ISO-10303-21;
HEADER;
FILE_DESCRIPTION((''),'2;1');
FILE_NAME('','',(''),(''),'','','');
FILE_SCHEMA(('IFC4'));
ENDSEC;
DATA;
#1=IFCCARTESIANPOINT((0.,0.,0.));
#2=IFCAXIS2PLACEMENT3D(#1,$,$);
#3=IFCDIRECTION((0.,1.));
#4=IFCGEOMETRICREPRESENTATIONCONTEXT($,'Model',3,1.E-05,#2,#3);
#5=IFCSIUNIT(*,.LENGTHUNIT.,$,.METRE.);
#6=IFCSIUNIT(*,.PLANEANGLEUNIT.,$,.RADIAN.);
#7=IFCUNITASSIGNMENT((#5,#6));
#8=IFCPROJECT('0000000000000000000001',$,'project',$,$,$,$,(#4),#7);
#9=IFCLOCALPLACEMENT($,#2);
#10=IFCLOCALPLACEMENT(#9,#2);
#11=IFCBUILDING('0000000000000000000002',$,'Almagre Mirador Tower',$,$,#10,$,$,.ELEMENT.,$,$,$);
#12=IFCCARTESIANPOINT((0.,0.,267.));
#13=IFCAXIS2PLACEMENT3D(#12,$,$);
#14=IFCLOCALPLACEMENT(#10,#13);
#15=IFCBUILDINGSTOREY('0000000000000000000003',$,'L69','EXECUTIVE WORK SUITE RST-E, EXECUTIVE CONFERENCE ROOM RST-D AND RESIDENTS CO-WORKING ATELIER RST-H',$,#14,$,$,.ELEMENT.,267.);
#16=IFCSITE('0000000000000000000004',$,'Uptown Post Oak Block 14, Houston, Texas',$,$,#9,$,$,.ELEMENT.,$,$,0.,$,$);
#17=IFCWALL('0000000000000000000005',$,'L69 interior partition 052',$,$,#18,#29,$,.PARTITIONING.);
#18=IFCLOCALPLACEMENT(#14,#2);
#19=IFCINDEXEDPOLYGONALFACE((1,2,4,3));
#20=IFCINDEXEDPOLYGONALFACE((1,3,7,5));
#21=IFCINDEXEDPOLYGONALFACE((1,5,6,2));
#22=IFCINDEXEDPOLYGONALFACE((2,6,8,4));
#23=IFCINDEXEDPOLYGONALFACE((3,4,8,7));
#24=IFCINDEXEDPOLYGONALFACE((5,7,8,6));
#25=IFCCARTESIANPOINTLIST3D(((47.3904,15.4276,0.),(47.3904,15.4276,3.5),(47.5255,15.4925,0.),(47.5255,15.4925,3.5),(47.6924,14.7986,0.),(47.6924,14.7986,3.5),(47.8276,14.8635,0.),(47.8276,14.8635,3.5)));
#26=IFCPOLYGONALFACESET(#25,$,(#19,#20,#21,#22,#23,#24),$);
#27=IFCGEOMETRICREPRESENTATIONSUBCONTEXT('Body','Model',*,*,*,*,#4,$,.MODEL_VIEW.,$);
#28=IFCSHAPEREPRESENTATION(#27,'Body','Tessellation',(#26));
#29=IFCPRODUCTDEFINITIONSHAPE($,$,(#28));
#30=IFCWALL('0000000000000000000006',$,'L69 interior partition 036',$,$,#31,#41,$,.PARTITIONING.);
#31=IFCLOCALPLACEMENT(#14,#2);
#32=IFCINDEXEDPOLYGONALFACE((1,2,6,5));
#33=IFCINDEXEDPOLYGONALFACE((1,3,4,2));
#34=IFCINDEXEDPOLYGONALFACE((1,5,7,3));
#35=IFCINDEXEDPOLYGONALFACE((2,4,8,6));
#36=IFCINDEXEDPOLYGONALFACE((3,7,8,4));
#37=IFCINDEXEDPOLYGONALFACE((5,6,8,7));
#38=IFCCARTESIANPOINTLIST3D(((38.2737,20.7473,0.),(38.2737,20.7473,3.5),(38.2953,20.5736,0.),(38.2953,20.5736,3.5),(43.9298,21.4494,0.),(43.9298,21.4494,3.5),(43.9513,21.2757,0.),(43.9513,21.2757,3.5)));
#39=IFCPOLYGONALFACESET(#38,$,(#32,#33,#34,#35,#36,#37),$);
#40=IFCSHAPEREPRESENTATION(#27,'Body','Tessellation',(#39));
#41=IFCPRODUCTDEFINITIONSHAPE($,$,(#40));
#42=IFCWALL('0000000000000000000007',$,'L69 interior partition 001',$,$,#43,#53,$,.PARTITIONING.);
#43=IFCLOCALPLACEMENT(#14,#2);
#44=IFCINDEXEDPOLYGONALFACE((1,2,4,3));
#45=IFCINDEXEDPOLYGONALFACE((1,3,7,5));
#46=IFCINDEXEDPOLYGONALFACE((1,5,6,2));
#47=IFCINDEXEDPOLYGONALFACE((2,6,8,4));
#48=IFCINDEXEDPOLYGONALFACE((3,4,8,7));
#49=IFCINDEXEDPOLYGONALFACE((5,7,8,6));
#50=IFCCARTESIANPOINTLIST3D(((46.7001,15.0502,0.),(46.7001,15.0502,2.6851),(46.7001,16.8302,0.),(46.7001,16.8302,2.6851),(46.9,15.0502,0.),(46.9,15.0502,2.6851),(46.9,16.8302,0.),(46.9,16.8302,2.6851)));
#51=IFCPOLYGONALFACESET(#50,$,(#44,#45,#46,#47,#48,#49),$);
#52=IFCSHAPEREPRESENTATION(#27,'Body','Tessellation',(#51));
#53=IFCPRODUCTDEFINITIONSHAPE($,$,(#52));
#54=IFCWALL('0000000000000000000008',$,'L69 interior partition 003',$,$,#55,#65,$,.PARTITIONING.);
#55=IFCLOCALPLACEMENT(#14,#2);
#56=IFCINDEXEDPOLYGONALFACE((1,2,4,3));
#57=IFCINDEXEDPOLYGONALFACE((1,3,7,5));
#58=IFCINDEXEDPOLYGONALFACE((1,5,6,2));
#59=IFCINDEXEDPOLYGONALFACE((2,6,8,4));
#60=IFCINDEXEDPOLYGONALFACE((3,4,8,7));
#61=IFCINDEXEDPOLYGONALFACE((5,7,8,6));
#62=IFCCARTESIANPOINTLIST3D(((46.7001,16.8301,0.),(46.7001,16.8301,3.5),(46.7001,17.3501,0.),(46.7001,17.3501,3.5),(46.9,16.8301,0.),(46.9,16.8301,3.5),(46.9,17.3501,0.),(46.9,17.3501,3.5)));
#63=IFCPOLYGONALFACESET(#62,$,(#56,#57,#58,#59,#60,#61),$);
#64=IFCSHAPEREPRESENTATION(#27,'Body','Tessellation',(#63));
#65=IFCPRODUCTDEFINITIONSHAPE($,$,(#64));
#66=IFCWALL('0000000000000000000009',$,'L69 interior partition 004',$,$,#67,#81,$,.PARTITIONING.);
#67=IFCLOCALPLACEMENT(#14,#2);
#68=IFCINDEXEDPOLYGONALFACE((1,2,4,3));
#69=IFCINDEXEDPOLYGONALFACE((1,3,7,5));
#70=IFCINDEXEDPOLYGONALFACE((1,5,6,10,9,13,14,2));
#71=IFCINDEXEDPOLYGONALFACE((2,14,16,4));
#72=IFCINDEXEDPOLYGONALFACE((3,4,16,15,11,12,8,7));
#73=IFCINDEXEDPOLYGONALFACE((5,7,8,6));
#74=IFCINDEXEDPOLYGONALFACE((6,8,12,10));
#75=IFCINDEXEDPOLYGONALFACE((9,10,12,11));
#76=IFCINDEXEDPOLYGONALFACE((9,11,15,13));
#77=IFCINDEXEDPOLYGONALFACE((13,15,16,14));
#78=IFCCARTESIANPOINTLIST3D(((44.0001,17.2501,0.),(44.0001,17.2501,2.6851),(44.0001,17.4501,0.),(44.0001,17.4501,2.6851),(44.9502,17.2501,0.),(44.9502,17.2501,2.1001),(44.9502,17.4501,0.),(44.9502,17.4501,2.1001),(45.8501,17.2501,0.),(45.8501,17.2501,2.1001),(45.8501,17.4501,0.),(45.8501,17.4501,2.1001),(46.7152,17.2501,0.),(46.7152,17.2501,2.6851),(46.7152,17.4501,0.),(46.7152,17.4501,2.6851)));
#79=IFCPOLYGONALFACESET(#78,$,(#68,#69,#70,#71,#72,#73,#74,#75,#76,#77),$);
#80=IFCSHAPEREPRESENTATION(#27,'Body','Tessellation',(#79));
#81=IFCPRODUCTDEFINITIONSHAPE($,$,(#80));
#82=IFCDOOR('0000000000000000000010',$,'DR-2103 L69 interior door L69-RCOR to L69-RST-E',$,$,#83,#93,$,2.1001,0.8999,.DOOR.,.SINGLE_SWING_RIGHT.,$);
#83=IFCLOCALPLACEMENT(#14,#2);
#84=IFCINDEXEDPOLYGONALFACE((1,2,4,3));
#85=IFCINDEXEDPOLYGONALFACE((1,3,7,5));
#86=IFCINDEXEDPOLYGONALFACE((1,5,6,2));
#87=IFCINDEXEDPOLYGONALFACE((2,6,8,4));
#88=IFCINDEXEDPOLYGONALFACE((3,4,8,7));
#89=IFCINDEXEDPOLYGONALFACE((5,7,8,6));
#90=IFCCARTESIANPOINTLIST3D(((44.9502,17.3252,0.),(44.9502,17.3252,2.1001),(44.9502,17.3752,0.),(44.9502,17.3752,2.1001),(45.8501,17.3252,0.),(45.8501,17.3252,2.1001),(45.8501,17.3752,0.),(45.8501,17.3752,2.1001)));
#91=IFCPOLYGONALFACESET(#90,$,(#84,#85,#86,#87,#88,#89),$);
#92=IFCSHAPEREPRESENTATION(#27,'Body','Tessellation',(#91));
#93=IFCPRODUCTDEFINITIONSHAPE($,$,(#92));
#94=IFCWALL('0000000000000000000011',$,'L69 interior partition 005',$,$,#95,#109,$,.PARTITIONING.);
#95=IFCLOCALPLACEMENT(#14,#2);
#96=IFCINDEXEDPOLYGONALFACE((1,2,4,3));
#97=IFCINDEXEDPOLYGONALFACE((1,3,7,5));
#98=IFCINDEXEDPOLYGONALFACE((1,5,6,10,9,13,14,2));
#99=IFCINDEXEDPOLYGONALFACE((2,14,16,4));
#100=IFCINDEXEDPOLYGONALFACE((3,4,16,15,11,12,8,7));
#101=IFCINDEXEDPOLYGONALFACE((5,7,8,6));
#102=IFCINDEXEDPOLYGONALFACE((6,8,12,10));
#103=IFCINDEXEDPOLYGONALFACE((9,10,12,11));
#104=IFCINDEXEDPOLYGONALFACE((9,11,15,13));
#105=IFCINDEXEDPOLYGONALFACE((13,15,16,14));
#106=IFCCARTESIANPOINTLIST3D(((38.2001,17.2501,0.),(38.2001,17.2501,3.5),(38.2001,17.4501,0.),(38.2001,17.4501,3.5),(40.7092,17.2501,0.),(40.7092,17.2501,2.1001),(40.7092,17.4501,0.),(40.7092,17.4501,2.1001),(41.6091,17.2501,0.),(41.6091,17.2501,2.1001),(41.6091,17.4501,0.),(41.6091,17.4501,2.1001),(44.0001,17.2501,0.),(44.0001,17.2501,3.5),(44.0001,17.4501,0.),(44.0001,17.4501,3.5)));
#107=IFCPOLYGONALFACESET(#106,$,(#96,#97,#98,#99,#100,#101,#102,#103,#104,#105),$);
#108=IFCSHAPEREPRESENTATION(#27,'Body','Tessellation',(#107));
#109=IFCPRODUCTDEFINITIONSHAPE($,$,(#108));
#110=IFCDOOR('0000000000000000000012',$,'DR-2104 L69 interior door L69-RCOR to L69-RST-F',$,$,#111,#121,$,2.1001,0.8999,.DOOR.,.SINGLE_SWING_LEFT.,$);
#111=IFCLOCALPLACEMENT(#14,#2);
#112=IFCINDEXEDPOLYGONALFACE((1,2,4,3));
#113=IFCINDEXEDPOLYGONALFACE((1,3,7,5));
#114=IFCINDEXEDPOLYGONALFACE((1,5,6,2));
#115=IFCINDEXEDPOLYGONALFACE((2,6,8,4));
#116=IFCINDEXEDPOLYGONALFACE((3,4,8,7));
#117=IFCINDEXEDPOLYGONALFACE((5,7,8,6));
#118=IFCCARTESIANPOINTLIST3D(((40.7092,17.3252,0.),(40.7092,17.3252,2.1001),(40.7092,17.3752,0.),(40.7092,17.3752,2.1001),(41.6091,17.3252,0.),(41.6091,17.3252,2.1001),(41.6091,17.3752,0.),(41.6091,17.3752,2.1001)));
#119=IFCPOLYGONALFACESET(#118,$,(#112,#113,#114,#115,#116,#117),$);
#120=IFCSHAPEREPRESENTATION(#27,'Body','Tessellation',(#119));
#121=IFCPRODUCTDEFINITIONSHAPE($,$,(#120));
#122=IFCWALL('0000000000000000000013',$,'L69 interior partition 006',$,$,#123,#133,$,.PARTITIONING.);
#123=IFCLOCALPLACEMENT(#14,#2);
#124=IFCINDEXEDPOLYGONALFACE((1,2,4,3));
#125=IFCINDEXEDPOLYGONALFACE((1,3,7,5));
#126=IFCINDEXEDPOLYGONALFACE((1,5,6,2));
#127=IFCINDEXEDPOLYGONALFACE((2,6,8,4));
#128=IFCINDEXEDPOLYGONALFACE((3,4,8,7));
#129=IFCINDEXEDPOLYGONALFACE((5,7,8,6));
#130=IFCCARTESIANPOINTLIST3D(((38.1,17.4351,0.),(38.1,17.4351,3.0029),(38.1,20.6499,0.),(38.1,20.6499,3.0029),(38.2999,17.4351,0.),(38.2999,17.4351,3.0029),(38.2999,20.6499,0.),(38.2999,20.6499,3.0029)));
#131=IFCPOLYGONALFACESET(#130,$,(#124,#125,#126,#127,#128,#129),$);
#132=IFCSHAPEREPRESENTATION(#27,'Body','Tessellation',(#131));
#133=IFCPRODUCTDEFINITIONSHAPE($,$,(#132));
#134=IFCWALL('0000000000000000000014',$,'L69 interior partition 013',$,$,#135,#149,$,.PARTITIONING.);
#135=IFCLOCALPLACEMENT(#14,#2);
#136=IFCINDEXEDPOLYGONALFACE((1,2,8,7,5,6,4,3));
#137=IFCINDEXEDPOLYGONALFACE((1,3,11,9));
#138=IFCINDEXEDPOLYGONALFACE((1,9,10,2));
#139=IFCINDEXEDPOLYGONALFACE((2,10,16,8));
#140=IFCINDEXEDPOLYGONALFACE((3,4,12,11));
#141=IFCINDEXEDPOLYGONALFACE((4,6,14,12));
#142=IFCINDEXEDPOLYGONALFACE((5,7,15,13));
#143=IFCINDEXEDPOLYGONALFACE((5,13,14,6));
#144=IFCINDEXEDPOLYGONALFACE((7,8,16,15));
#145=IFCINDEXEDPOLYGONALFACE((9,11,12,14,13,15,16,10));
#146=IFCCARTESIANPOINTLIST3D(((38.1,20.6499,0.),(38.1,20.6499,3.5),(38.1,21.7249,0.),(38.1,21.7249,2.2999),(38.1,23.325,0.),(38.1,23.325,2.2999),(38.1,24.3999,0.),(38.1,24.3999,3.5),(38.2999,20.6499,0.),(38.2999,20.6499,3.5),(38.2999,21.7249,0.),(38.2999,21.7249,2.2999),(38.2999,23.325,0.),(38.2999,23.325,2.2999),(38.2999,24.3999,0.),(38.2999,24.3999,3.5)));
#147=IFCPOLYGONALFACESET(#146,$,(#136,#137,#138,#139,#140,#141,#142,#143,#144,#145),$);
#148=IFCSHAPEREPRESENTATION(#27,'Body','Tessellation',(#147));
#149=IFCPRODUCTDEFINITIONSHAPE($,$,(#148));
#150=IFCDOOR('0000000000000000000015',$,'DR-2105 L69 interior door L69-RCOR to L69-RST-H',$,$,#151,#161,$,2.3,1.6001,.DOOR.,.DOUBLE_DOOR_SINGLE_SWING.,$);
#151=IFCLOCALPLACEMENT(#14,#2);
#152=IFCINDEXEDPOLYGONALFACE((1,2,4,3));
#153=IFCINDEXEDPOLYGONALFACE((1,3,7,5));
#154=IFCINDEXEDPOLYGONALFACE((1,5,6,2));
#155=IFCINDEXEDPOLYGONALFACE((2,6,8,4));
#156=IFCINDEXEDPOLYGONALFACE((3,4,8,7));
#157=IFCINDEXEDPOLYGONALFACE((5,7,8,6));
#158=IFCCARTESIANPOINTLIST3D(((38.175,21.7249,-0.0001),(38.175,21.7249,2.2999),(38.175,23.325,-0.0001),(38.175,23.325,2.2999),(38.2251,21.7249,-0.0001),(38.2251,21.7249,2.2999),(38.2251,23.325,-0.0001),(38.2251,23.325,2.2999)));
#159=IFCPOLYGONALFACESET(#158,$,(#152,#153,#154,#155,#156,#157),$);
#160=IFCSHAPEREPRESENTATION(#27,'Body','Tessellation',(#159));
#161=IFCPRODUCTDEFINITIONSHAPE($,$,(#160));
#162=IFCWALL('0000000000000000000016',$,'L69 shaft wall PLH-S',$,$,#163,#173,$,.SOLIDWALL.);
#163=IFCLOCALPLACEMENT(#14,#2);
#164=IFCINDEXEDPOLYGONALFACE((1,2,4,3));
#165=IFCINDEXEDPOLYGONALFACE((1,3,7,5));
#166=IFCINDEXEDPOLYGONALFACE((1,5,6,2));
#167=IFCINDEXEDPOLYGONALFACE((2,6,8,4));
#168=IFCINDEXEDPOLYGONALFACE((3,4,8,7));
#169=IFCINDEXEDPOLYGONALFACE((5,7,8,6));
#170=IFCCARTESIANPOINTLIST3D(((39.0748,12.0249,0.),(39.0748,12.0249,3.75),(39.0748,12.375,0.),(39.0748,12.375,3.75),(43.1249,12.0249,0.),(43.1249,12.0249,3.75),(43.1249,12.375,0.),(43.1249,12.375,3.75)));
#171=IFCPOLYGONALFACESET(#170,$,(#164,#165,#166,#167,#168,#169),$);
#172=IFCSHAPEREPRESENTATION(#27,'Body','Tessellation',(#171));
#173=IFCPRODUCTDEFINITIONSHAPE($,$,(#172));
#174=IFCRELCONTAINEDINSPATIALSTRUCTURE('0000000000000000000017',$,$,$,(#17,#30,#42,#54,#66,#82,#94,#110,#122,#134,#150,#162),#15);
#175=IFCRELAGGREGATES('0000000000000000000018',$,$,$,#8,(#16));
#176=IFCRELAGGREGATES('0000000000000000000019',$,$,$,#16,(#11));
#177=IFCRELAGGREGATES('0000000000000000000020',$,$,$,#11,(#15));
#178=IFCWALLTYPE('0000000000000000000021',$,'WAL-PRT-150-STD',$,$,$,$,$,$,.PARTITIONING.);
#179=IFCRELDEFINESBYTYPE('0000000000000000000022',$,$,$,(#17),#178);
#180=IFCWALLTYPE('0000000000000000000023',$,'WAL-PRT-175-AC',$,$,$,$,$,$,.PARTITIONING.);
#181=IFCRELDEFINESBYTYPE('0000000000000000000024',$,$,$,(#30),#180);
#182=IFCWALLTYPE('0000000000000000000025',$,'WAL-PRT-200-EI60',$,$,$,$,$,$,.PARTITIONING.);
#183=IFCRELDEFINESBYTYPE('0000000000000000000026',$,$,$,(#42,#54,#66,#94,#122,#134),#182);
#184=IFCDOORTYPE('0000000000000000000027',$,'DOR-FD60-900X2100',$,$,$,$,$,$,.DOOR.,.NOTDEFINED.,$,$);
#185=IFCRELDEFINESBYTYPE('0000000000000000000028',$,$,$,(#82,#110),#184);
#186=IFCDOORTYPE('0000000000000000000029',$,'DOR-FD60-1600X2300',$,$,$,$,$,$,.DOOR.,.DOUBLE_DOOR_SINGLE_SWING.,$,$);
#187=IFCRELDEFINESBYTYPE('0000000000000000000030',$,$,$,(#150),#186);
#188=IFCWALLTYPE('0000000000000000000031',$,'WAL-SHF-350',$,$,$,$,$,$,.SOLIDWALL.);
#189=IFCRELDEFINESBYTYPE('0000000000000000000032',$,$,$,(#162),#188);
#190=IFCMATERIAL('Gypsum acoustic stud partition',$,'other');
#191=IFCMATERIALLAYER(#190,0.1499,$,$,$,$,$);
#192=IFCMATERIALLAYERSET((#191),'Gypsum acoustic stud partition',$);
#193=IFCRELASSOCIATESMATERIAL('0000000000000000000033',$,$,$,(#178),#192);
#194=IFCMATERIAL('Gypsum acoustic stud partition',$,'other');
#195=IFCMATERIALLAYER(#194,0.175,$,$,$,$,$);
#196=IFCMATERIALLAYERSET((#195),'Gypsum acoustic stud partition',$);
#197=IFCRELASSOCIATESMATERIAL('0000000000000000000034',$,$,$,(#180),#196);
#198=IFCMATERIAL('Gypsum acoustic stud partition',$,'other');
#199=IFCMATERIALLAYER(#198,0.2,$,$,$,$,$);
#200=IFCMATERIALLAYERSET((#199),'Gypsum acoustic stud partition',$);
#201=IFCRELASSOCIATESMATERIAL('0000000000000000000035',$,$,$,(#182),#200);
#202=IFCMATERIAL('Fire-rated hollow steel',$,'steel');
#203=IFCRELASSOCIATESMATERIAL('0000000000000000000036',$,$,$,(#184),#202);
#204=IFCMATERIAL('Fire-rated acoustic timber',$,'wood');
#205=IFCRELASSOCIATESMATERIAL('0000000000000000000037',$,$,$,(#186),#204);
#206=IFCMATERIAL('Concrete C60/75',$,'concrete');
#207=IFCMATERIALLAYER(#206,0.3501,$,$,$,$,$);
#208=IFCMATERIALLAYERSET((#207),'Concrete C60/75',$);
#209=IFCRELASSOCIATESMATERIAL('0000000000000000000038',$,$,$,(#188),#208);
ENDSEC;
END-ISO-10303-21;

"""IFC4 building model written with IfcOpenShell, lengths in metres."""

from ifc_helpers import new_model, si_unit, direction, frame, frame_2d, origin, place, context, subcontext, project, spatial, rectangle, extrude, material, layer, layer_set, type_object, element, fill, save


model = new_model("IFC4")

# Units and contexts
model_context = context("Model", 3, precision=1e-05, world=origin(), true_north=direction((0.0, 1.0)))
body_context = subcontext(model_context, "Body", "Model", "MODEL_VIEW")
ifc_project = project(units=[si_unit("LENGTHUNIT", "METRE"), si_unit("PLANEANGLEUNIT", "RADIAN")], contexts=[model_context])

# Site, building, storey
site_placement = place(None, origin())
site = spatial("IfcSite", under=ifc_project, at=site_placement, Name="Uptown Post Oak Block 14, Houston, Texas", CompositionType="ELEMENT", RefElevation=0.0)
building_placement = place(site_placement, origin())
building = spatial("IfcBuilding", under=site, at=building_placement, Name="Almagre Mirador Tower", CompositionType="ELEMENT")
storey_placement = place(building_placement, frame((0.0, 0.0, 267.0)))
storey = spatial("IfcBuildingStorey", under=building, at=storey_placement, Name="L69", Description="EXECUTIVE WORK SUITE RST-E, EXECUTIVE CONFERENCE ROOM RST-D AND RESIDENTS CO-WORKING ATELIER RST-H", CompositionType="ELEMENT", Elevation=267.0)

# Walls
ifc_material_1 = material(Name="Gypsum acoustic stud partition", Category="other")
ifc_layer_1 = layer(ifc_material_1, 0.1499)
ifc_layer_set_1 = layer_set([ifc_layer_1], Name="Gypsum acoustic stud partition")
wall_type_1 = type_object("IfcWallType", Name="WAL-PRT-150-STD", PredefinedType="PARTITIONING", material=ifc_layer_set_1)
wall_1_placement = place(storey_placement, frame((47.76, 14.8311, 0.0), z_axis=(0.0, 0.0, 1.0), x_axis=(-0.432879, 0.901452, 0.0)))
element("IfcWall", 1, at=wall_1_placement, inside=storey, type_object=wall_type_1, Name="L69 interior partition 052", PredefinedType="PARTITIONING", context=body_context, shape_type="SweptSolid", body=[
    extrude(rectangle(XDim=0.6978, YDim=0.1499, at=frame_2d((0.3489, 0.0))), origin(), (0.0, 0.0, 1.0), 3.5),
])
ifc_material_2 = material(Name="Gypsum acoustic stud partition", Category="other")
ifc_layer_2 = layer(ifc_material_2, 0.175)
ifc_layer_set_2 = layer_set([ifc_layer_2], Name="Gypsum acoustic stud partition")
wall_type_2 = type_object("IfcWallType", Name="WAL-PRT-175-AC", PredefinedType="PARTITIONING", material=ifc_layer_set_2)
wall_2_placement = place(storey_placement, frame((43.9404, 21.3625, 0.0), z_axis=(0.0, 0.0, 1.0), x_axis=(-0.992382, -0.123196, 0.0)))
element("IfcWall", 2, at=wall_2_placement, inside=storey, type_object=wall_type_2, Name="L69 interior partition 036", PredefinedType="PARTITIONING", context=body_context, shape_type="SweptSolid", body=[
    extrude(rectangle(XDim=5.6995, YDim=0.175, at=frame_2d((2.8496, 0.0))), origin(), (0.0, 0.0, 1.0), 3.5),
])
ifc_material_3 = material(Name="Gypsum acoustic stud partition", Category="other")
ifc_layer_3 = layer(ifc_material_3, 0.2)
ifc_layer_set_3 = layer_set([ifc_layer_3], Name="Gypsum acoustic stud partition")
wall_type_3 = type_object("IfcWallType", Name="WAL-PRT-200-EI60", PredefinedType="PARTITIONING", material=ifc_layer_set_3)
wall_3_placement = place(storey_placement, frame((46.8, 15.05, 0.0), z_axis=(0.0, 0.0, 1.0), x_axis=(0.0, 1.0, 0.0)))
element("IfcWall", 3, at=wall_3_placement, inside=storey, type_object=wall_type_3, Name="L69 interior partition 001", PredefinedType="PARTITIONING", context=body_context, shape_type="SweptSolid", body=[
    extrude(rectangle(XDim=1.78, YDim=0.2, at=frame_2d((0.8901, 0.0))), origin(), (0.0, 0.0, 1.0), 2.6851),
])
wall_4_placement = place(storey_placement, frame((46.8, 16.8301, 0.0), z_axis=(0.0, 0.0, 1.0), x_axis=(0.0, 1.0, 0.0)))
element("IfcWall", 4, at=wall_4_placement, inside=storey, type_object=wall_type_3, Name="L69 interior partition 003", PredefinedType="PARTITIONING", context=body_context, shape_type="SweptSolid", body=[
    extrude(rectangle(XDim=0.52, YDim=0.2, at=frame_2d((0.26, 0.0))), origin(), (0.0, 0.0, 1.0), 3.5),
])

# Walls, openings, doors
wall_5_placement = place(storey_placement, frame((46.7151, 17.3501, 0.0), z_axis=(0.0, 0.0, 1.0), x_axis=(-1.0, 0.0, 0.0)))
wall_5 = element("IfcWall", 5, at=wall_5_placement, inside=storey, type_object=wall_type_3, Name="L69 interior partition 004", PredefinedType="PARTITIONING", context=body_context, shape_type="SweptSolid", body=[
    extrude(rectangle(XDim=2.7151, YDim=0.2, at=frame_2d((1.3574, 0.0))), origin(), (0.0, 0.0, 1.0), 2.6851),
])
opening_1_placement = place(wall_5_placement, frame((0.865, 0.0, 0.0)))
opening_1 = element("IfcOpeningElement", 6, at=opening_1_placement, cuts=wall_5, PredefinedType="OPENING", context=body_context, shape_type="SweptSolid", body=[
    extrude(rectangle(XDim=0.8999, YDim=2.1001, at=frame_2d((0.45, 1.05))), frame((0.0, 0.1101, 0.0), z_axis=(0.0, -1.0, 0.0), x_axis=(1.0, 0.0, 0.0)), (0.0, 0.0, 1.0), 0.22),
])
ifc_material_4 = material(Name="Fire-rated hollow steel", Category="steel")
door_type_1 = type_object("IfcDoorType", Name="DOR-FD60-900X2100", OperationType="NOTDEFINED", PredefinedType="DOOR", material=ifc_material_4)
door_1_placement = place(opening_1_placement, origin())
door_1 = element("IfcDoor", 7, at=door_1_placement, inside=storey, type_object=door_type_1, Name="DR-2103 L69 interior door L69-RCOR to L69-RST-E", OperationType="SINGLE_SWING_RIGHT", OverallHeight=2.1001, OverallWidth=0.8999, PredefinedType="DOOR", context=body_context, shape_type="SweptSolid", body=[
    extrude(rectangle(XDim=0.8999, YDim=2.1001, at=frame_2d((0.45, 1.05))), frame((0.0, 0.0249, 0.0), z_axis=(0.0, -1.0, 0.0), x_axis=(1.0, 0.0, 0.0)), (0.0, 0.0, 1.0), 0.05),
])
fill(opening_1, door_1)
wall_6_placement = place(storey_placement, frame((44.0, 17.3501, 0.0), z_axis=(0.0, 0.0, 1.0), x_axis=(-1.0, 0.0, 0.0)))
wall_6 = element("IfcWall", 8, at=wall_6_placement, inside=storey, type_object=wall_type_3, Name="L69 interior partition 005", PredefinedType="PARTITIONING", context=body_context, shape_type="SweptSolid", body=[
    extrude(rectangle(XDim=5.8, YDim=0.2, at=frame_2d((2.8999, 0.0))), origin(), (0.0, 0.0, 1.0), 3.5),
])
opening_2_placement = place(wall_6_placement, frame((2.3909, 0.0, 0.0)))
opening_2 = element("IfcOpeningElement", 9, at=opening_2_placement, cuts=wall_6, PredefinedType="OPENING", context=body_context, shape_type="SweptSolid", body=[
    extrude(rectangle(XDim=0.8999, YDim=2.1001, at=frame_2d((0.45, 1.05))), frame((0.0, 0.1101, 0.0), z_axis=(0.0, -1.0, 0.0), x_axis=(1.0, 0.0, 0.0)), (0.0, 0.0, 1.0), 0.22),
])
door_2_placement = place(opening_2_placement, origin())
door_2 = element("IfcDoor", 10, at=door_2_placement, inside=storey, type_object=door_type_1, Name="DR-2104 L69 interior door L69-RCOR to L69-RST-F", OperationType="SINGLE_SWING_LEFT", OverallHeight=2.1001, OverallWidth=0.8999, PredefinedType="DOOR", context=body_context, shape_type="SweptSolid", body=[
    extrude(rectangle(XDim=0.8999, YDim=2.1001, at=frame_2d((0.45, 1.05))), frame((0.0, 0.0249, 0.0), z_axis=(0.0, -1.0, 0.0), x_axis=(1.0, 0.0, 0.0)), (0.0, 0.0, 1.0), 0.05),
])
fill(opening_2, door_2)

# Wall
wall_7_placement = place(storey_placement, frame((38.2, 17.4351, 0.0), z_axis=(0.0, 0.0, 1.0), x_axis=(0.0, 1.0, 0.0)))
element("IfcWall", 11, at=wall_7_placement, inside=storey, type_object=wall_type_3, Name="L69 interior partition 006", PredefinedType="PARTITIONING", context=body_context, shape_type="SweptSolid", body=[
    extrude(rectangle(XDim=3.2148, YDim=0.2, at=frame_2d((1.6074, 0.0))), origin(), (0.0, 0.0, 1.0), 3.0029),
])

# Wall, opening, door
wall_8_placement = place(storey_placement, frame((38.2, 20.6499, 0.0), z_axis=(0.0, 0.0, 1.0), x_axis=(0.0, 1.0, 0.0)))
wall_8 = element("IfcWall", 12, at=wall_8_placement, inside=storey, type_object=wall_type_3, Name="L69 interior partition 013", PredefinedType="PARTITIONING", context=body_context, shape_type="SweptSolid", body=[
    extrude(rectangle(XDim=3.75, YDim=0.2, at=frame_2d((1.875, 0.0))), origin(), (0.0, 0.0, 1.0), 3.5),
])
opening_3_placement = place(wall_8_placement, frame((1.075, 0.0, 0.0)))
opening_3 = element("IfcOpeningElement", 13, at=opening_3_placement, cuts=wall_8, PredefinedType="OPENING", context=body_context, shape_type="SweptSolid", body=[
    extrude(rectangle(XDim=1.6001, YDim=2.3, at=frame_2d((0.8, 1.1499))), frame((0.0, 0.1101, 0.0), z_axis=(0.0, -1.0, 0.0), x_axis=(1.0, 0.0, 0.0)), (0.0, 0.0, 1.0), 0.22),
])
ifc_material_5 = material(Name="Fire-rated acoustic timber", Category="wood")
door_type_2 = type_object("IfcDoorType", Name="DOR-FD60-1600X2300", OperationType="DOUBLE_DOOR_SINGLE_SWING", PredefinedType="DOOR", material=ifc_material_5)
door_3_placement = place(opening_3_placement, origin())
door_3 = element("IfcDoor", 14, at=door_3_placement, inside=storey, type_object=door_type_2, Name="DR-2105 L69 interior door L69-RCOR to L69-RST-H", OperationType="DOUBLE_DOOR_SINGLE_SWING", OverallHeight=2.3, OverallWidth=1.6001, PredefinedType="DOOR", context=body_context, shape_type="SweptSolid", body=[
    extrude(rectangle(XDim=1.6001, YDim=2.3, at=frame_2d((0.8, 1.1499))), frame((0.0, 0.0249, 0.0), z_axis=(0.0, -1.0, 0.0), x_axis=(1.0, 0.0, 0.0)), (0.0, 0.0, 1.0), 0.05),
])
fill(opening_3, door_3)

# Wall
ifc_material_6 = material(Name="Concrete C60/75", Category="concrete")
ifc_layer_4 = layer(ifc_material_6, 0.3501)
ifc_layer_set_4 = layer_set([ifc_layer_4], Name="Concrete C60/75")
wall_type_4 = type_object("IfcWallType", Name="WAL-SHF-350", PredefinedType="SOLIDWALL", material=ifc_layer_set_4)
wall_9_placement = place(storey_placement, frame((39.075, 12.2, 0.0), z_axis=(0.0, 0.0, 1.0), x_axis=(1.0, 0.0, 0.0)))
element("IfcWall", 15, at=wall_9_placement, inside=storey, type_object=wall_type_4, Name="L69 shaft wall PLH-S", PredefinedType="SOLIDWALL", context=body_context, shape_type="SweptSolid", body=[
    extrude(rectangle(XDim=4.05, YDim=0.3501, at=frame_2d((2.0249, 0.0))), origin(), (0.0, 0.0, 1.0), 3.75),
])

save(model, "model.ifc")
